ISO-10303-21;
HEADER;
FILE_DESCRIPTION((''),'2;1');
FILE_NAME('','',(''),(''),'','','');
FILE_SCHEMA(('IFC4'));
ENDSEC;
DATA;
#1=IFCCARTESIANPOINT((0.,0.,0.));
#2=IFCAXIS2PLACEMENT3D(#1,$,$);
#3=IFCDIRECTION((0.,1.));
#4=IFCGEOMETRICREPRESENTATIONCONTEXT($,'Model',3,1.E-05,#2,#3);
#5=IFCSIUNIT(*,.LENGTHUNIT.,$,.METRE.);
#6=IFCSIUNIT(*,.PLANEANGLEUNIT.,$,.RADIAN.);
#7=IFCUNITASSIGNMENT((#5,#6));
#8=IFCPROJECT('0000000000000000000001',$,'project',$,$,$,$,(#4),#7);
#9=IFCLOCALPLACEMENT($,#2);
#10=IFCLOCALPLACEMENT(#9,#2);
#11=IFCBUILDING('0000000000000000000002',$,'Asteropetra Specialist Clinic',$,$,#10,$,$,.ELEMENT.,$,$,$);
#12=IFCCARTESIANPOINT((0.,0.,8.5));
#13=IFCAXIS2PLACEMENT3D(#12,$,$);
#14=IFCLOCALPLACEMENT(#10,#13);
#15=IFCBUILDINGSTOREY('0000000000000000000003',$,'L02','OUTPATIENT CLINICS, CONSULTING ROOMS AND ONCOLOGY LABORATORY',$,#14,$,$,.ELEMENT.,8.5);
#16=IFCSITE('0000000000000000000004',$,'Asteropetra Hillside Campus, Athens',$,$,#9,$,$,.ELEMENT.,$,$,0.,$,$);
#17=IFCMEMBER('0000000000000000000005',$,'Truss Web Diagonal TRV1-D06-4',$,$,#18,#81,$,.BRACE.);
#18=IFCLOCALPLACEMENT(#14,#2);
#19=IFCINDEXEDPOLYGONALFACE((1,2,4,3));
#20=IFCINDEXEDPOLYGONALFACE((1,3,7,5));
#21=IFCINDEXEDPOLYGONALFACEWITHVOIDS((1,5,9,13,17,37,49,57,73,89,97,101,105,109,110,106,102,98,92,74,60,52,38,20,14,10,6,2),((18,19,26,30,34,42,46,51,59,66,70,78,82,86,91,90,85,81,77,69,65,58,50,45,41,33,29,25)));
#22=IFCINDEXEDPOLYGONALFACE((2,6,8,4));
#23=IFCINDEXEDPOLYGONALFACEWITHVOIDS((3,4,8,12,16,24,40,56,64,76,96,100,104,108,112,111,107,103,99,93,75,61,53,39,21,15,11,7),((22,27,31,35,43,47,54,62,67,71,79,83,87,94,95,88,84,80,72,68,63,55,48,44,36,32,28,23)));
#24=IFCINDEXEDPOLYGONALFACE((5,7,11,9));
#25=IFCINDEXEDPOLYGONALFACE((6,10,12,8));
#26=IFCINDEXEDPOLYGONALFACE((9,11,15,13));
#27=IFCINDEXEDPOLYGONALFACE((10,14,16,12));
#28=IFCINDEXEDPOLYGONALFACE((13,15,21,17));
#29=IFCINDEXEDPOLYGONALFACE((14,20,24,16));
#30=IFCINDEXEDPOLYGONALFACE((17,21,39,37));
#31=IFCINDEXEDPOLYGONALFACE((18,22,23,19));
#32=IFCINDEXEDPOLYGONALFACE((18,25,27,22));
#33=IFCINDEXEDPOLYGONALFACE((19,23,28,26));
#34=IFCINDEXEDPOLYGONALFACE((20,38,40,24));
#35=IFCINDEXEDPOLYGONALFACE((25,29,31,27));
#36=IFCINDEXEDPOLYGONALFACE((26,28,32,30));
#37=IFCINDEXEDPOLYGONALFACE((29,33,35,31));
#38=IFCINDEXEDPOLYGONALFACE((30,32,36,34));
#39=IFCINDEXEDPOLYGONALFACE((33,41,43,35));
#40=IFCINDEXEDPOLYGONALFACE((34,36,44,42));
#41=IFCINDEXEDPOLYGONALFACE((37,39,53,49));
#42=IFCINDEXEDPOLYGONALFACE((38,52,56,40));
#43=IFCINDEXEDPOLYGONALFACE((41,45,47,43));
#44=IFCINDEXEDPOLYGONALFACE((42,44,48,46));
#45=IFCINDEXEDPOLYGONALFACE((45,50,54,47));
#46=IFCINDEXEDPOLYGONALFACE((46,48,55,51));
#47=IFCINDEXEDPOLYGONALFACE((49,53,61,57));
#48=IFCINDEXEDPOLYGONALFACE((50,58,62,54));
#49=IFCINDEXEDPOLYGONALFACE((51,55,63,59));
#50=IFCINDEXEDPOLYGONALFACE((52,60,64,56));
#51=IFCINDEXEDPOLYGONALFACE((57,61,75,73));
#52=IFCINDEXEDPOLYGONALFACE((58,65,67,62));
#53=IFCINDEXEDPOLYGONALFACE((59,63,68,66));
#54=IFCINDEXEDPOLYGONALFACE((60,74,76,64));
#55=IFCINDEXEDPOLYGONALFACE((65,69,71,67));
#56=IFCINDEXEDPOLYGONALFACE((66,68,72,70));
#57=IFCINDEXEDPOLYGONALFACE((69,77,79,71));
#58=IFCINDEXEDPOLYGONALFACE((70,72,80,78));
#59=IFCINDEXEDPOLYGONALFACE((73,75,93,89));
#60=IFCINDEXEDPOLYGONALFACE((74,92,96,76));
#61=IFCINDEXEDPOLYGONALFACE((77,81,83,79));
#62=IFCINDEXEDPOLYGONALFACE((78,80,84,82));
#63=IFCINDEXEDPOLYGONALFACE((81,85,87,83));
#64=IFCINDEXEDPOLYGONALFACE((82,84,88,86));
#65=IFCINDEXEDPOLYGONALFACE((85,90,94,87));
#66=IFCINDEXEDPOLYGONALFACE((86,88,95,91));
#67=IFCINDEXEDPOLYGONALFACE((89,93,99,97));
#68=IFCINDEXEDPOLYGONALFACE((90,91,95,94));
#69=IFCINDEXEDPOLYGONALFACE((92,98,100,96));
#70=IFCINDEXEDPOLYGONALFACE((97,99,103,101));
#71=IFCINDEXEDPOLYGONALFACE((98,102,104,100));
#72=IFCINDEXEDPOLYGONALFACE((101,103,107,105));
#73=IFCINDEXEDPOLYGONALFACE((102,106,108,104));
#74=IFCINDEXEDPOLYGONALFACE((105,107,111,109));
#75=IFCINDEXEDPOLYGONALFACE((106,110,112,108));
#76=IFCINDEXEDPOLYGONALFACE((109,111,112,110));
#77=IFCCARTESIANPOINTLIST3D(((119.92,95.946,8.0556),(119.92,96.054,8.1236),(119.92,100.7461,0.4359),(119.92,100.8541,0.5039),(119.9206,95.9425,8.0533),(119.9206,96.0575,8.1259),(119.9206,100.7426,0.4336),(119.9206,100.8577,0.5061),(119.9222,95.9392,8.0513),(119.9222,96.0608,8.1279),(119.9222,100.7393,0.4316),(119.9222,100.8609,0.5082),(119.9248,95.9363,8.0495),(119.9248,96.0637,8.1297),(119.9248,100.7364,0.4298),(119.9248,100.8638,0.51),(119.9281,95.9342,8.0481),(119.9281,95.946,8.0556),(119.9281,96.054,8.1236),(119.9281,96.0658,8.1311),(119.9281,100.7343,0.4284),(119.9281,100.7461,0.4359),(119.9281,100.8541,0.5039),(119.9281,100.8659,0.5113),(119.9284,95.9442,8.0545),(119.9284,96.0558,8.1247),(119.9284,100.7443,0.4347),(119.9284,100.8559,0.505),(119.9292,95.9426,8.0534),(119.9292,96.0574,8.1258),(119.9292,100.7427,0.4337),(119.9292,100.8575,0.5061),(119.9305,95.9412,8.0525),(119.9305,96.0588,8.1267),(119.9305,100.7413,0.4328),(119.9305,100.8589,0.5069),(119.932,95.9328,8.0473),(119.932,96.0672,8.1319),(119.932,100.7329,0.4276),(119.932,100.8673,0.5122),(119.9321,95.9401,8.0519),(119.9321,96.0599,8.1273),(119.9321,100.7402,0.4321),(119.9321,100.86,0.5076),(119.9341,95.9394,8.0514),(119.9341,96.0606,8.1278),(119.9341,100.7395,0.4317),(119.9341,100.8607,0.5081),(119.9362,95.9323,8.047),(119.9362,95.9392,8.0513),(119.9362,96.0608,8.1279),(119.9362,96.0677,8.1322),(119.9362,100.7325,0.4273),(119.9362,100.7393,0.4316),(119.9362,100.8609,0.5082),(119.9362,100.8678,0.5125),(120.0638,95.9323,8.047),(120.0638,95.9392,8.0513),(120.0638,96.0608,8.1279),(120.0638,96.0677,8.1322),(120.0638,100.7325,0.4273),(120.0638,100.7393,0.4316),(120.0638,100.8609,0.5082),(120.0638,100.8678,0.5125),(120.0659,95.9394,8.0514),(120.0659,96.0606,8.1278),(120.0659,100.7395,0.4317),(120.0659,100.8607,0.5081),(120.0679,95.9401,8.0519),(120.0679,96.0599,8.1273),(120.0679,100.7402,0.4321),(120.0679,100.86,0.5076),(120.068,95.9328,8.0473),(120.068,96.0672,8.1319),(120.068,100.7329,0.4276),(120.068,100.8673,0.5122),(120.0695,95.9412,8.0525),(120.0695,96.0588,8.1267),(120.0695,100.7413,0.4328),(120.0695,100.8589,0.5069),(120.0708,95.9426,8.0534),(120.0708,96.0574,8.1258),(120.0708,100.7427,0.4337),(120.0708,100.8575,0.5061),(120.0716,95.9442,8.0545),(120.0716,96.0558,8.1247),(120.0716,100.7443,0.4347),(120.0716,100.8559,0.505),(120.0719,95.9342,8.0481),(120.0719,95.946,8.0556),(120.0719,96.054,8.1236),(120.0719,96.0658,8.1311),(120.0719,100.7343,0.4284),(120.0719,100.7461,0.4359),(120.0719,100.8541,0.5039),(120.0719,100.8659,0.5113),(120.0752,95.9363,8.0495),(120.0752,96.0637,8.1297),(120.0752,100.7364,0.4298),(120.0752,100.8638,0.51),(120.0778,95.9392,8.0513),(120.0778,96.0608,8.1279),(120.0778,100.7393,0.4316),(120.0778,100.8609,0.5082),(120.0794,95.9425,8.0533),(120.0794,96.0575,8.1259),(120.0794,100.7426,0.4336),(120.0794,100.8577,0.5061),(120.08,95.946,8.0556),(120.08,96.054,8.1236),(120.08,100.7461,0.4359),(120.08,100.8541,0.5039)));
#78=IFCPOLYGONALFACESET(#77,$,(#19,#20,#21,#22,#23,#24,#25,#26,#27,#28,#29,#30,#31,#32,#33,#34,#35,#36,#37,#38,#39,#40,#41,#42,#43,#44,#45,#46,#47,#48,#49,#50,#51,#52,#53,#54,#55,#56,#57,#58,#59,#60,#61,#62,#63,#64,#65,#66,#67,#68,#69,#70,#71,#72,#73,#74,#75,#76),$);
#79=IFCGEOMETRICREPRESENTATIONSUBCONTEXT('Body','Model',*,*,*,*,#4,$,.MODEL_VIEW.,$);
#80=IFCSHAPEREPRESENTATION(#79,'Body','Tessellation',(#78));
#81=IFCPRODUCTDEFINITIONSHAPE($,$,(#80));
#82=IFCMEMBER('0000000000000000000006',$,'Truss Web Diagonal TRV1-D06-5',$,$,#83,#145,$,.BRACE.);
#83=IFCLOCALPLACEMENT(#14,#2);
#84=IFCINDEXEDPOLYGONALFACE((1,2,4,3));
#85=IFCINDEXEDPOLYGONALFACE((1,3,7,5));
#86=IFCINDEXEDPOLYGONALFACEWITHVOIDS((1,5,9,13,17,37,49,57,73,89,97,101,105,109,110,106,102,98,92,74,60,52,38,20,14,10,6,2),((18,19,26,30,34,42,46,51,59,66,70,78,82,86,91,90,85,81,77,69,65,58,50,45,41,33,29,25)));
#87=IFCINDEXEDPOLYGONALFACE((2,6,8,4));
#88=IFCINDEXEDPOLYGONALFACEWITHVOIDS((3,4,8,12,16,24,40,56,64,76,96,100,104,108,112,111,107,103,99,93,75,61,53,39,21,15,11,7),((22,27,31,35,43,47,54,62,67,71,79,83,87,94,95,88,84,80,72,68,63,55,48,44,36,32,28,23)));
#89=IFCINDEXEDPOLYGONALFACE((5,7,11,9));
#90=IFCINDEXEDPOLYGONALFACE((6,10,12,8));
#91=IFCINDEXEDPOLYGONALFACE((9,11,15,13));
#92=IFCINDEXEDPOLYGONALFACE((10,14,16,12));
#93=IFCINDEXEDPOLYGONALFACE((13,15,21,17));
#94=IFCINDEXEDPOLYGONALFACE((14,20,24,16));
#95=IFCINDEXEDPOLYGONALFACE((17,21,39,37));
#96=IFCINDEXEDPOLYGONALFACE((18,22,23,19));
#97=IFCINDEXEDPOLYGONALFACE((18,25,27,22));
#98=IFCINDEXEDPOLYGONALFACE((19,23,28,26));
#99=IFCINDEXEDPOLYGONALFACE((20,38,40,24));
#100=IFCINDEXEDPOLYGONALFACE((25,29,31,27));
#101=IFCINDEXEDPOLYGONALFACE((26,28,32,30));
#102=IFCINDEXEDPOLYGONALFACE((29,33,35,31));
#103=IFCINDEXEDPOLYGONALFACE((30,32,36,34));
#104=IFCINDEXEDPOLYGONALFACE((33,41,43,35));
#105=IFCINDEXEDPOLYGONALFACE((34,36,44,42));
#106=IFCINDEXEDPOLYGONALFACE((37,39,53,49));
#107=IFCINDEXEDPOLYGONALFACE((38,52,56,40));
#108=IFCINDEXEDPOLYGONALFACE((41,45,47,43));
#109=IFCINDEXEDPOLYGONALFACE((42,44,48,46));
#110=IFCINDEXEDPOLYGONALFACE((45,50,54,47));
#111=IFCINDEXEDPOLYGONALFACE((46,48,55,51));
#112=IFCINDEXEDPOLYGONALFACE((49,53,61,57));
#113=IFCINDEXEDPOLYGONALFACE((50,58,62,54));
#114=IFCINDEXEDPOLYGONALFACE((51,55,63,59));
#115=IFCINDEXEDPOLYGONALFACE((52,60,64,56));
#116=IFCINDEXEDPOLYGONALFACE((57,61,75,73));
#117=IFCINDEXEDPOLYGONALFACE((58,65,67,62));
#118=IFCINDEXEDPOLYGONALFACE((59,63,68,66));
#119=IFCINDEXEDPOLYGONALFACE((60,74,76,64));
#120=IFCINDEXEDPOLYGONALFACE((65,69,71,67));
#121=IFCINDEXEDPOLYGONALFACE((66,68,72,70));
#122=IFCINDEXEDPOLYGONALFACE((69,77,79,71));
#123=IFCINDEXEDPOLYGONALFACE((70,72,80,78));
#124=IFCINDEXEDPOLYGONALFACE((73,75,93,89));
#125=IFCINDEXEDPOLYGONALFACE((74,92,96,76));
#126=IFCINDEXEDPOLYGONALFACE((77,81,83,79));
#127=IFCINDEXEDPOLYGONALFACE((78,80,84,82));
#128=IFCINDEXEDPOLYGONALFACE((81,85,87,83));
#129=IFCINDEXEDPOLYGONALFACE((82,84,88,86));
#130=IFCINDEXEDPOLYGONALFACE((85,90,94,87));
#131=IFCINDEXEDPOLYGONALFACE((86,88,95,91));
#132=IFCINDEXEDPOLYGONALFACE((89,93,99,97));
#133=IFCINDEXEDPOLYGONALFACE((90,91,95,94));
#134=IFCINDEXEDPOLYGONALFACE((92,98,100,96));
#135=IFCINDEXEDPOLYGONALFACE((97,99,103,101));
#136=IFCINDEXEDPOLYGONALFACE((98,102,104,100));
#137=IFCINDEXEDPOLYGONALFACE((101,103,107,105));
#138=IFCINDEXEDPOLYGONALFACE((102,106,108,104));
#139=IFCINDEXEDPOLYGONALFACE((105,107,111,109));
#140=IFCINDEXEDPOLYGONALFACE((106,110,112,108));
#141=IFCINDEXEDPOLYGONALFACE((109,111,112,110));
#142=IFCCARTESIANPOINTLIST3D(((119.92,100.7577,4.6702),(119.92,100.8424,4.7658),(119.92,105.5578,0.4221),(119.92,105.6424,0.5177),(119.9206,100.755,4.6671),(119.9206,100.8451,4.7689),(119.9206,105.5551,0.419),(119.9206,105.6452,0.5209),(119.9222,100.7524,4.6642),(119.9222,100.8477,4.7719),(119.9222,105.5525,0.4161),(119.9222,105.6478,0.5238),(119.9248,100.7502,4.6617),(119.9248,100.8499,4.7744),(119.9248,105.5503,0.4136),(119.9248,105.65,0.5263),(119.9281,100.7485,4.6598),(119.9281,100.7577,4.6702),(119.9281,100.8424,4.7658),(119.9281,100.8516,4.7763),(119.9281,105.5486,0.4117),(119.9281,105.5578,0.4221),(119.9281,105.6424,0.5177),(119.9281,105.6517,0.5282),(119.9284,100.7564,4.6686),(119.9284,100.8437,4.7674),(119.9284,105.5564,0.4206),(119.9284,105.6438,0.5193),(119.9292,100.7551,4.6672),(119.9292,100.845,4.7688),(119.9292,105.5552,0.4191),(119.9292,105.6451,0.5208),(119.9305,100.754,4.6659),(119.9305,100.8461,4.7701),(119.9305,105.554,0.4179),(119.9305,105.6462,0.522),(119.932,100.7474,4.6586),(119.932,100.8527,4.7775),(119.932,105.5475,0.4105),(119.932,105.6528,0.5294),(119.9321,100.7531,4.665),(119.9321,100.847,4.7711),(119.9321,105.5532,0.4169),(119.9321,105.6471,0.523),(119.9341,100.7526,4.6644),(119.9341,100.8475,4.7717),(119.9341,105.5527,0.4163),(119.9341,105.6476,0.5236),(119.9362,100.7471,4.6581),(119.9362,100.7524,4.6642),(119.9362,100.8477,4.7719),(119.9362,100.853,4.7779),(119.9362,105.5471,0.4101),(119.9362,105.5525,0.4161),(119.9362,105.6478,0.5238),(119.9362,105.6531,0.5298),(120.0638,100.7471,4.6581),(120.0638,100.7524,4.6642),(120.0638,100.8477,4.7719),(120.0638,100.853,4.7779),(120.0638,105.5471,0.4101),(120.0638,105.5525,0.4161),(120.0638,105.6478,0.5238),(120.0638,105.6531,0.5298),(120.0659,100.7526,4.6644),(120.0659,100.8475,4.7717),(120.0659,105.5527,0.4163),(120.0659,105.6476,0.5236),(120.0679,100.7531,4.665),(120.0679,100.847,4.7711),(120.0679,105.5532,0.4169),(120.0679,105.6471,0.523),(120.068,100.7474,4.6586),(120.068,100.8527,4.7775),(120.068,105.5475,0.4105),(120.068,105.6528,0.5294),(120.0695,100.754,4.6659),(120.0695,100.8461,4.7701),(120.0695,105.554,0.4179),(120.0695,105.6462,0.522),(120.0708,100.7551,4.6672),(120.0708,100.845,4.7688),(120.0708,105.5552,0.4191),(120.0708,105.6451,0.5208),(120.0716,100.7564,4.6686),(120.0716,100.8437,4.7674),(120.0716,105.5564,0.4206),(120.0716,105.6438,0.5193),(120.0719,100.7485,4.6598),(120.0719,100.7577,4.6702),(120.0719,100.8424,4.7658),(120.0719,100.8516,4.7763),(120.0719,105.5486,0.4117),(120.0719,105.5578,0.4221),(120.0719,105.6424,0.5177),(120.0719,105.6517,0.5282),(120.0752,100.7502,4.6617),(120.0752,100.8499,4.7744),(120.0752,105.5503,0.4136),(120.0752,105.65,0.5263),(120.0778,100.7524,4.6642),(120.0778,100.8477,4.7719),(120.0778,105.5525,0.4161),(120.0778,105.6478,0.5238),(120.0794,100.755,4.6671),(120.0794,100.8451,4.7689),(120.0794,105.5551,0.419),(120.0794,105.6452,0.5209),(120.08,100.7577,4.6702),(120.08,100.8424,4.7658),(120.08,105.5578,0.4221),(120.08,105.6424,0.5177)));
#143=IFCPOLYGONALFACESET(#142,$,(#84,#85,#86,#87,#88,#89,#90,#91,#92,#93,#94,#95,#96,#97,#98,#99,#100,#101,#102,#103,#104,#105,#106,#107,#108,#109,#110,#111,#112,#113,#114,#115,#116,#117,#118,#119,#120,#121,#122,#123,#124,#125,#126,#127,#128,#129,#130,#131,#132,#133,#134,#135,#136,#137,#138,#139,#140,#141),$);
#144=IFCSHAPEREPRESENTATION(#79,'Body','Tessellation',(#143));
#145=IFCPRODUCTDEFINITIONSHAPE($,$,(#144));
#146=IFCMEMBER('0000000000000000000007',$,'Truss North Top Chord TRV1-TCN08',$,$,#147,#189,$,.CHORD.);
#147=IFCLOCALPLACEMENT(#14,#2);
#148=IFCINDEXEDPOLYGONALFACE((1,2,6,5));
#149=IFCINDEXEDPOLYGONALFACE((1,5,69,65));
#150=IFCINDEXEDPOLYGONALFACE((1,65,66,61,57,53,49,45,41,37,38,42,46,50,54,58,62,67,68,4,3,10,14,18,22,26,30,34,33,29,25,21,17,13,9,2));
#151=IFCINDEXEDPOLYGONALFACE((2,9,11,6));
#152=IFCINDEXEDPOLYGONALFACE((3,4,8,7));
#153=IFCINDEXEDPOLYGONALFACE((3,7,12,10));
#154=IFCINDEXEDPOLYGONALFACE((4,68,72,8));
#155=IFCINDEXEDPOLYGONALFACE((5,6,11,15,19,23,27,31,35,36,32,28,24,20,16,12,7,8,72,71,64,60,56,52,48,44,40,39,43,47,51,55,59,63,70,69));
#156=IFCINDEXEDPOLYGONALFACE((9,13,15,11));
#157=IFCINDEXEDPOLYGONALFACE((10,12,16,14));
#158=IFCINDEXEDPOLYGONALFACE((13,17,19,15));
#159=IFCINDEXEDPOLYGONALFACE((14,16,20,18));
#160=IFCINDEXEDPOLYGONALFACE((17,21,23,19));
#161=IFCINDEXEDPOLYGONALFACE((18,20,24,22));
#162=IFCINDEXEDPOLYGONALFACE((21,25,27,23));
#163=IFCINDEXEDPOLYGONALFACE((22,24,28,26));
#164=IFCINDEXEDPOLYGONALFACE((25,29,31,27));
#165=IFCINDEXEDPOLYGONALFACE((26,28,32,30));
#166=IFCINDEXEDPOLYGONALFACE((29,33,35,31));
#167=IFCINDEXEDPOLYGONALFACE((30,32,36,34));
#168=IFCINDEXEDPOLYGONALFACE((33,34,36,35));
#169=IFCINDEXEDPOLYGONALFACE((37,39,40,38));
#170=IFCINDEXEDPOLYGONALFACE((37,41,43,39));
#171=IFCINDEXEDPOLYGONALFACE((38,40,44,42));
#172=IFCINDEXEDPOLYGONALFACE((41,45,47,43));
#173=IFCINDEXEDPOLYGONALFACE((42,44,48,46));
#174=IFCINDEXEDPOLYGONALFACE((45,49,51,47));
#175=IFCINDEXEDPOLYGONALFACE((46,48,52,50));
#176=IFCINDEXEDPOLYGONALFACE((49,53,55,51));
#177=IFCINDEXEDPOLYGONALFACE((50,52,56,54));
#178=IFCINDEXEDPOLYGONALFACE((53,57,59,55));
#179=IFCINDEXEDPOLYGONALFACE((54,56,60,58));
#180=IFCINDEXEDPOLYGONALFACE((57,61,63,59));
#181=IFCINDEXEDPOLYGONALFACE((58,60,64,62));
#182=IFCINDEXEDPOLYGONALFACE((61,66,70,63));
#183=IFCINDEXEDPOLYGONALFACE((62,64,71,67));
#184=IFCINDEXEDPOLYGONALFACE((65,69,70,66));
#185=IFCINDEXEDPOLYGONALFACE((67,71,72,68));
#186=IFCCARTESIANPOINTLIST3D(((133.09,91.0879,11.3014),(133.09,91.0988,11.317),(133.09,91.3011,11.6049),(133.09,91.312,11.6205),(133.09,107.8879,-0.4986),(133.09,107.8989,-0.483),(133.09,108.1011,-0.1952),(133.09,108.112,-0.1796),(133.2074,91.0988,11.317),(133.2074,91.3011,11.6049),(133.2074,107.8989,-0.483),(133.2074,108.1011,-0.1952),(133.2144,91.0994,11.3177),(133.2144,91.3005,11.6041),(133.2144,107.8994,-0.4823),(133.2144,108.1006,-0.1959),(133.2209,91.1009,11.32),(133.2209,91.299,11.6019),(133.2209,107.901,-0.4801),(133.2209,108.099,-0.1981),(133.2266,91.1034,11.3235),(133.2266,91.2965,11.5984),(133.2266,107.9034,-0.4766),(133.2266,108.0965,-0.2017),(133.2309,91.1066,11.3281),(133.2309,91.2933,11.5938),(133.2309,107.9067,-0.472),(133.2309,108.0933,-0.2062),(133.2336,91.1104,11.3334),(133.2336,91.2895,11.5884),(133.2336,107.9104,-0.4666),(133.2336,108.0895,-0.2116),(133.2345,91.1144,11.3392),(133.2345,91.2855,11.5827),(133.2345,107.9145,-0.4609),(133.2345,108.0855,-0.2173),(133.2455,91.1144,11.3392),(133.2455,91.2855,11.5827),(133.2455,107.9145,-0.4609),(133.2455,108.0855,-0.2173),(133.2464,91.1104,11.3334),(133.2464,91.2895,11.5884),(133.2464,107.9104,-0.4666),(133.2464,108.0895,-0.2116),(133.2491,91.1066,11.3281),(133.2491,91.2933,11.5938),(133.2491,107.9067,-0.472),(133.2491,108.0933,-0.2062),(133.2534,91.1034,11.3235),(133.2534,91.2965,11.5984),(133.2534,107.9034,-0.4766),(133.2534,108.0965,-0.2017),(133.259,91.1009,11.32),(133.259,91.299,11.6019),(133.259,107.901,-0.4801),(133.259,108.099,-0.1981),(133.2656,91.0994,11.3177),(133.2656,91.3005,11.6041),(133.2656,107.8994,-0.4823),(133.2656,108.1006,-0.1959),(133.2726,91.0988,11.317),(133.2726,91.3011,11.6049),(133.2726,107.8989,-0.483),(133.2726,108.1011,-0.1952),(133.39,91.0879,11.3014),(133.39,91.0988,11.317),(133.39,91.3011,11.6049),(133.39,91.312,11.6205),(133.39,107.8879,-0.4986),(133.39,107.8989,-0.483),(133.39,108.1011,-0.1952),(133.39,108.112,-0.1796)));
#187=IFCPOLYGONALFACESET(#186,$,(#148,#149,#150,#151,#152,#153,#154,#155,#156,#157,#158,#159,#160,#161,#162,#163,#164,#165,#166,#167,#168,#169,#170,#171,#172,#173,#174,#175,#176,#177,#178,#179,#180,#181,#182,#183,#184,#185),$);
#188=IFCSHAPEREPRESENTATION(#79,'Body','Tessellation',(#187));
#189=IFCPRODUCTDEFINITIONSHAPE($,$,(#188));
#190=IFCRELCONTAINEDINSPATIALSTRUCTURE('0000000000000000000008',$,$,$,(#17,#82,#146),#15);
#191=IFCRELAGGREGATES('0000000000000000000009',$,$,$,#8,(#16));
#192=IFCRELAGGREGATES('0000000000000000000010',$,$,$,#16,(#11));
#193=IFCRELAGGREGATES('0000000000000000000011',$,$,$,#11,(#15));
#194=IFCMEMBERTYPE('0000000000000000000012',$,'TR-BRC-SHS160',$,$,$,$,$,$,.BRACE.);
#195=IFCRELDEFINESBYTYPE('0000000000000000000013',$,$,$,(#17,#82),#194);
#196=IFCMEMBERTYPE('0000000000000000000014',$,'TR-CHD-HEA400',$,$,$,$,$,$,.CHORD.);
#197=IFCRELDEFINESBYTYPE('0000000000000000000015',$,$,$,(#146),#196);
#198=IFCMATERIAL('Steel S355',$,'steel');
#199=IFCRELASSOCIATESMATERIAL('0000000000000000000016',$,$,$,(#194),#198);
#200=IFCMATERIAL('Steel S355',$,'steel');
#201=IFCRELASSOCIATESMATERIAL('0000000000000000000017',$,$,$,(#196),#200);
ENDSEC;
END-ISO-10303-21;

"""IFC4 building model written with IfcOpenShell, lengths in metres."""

from ifc_helpers import new_model, si_unit, direction, frame, origin, origin_2d, place, context, subcontext, project, spatial, hollow_rectangle, i_section, extrude, material, material_profile, profile_set, type_object, element, save


model = new_model("IFC4")

# Units and contexts
model_context = context("Model", 3, precision=1e-05, world=origin(), true_north=direction((0.0, 1.0)))
body_context = subcontext(model_context, "Body", "Model", "MODEL_VIEW")
ifc_project = project(units=[si_unit("LENGTHUNIT", "METRE"), si_unit("PLANEANGLEUNIT", "RADIAN")], contexts=[model_context])

# Site, building, storey
site_placement = place(None, origin())
site = spatial("IfcSite", under=ifc_project, at=site_placement, Name="Asteropetra Hillside Campus, Athens", CompositionType="ELEMENT", RefElevation=0.0)
building_placement = place(site_placement, origin())
building = spatial("IfcBuilding", under=site, at=building_placement, Name="Asteropetra Specialist Clinic", CompositionType="ELEMENT")
storey_placement = place(building_placement, frame((0.0, 0.0, 8.5)))
storey = spatial("IfcBuildingStorey", under=building, at=storey_placement, Name="L02", Description="OUTPATIENT CLINICS, CONSULTING ROOMS AND ONCOLOGY LABORATORY", CompositionType="ELEMENT", Elevation=8.5)

# Members
ifc_material_1 = material(Name="Steel S355", Category="steel")
ifc_material_profile_1 = material_profile(ifc_material_1, hollow_rectangle(XDim=0.1599, YDim=0.1599, WallThickness=0.0081, InnerFilletRadius=0.0081, OuterFilletRadius=0.0161, at=origin_2d()), Name="SHS 160x160x8.0")
ifc_profile_set_1 = profile_set([ifc_material_profile_1], Name="Steel S355")
member_type_1 = type_object("IfcMemberType", Name="TR-BRC-SHS160", PredefinedType="BRACE", material=ifc_profile_set_1)
member_1_placement = place(storey_placement, frame((120.0, 96.0, 8.0896), z_axis=(0.0, 0.533012, -0.846107), x_axis=(-1.0, 0.0, 0.0)))
element("IfcMember", 1, at=member_1_placement, inside=storey, type_object=member_type_1, Name="Truss Web Diagonal TRV1-D06-4", PredefinedType="BRACE", context=body_context, shape_type="SweptSolid", body=[
    extrude(hollow_rectangle(XDim=0.1599, YDim=0.1599, WallThickness=0.0081, InnerFilletRadius=0.0081, OuterFilletRadius=0.0161, at=origin_2d()), origin(), (0.0, 0.0, 1.0), 9.0056),
])
member_2_placement = place(storey_placement, frame((120.0, 100.8, 4.718), z_axis=(0.0, 0.748853, -0.662736), x_axis=(-1.0, 0.0, 0.0)))
element("IfcMember", 2, at=member_2_placement, inside=storey, type_object=member_type_1, Name="Truss Web Diagonal TRV1-D06-5", PredefinedType="BRACE", context=body_context, shape_type="SweptSolid", body=[
    extrude(hollow_rectangle(XDim=0.1599, YDim=0.1599, WallThickness=0.0081, InnerFilletRadius=0.0081, OuterFilletRadius=0.0161, at=origin_2d()), origin(), (0.0, 0.0, 1.0), 6.4099),
])
ifc_material_2 = material(Name="Steel S355", Category="steel")
ifc_material_profile_2 = material_profile(ifc_material_2, i_section(OverallWidth=0.3, OverallDepth=0.3899, WebThickness=0.011, FlangeThickness=0.019, FilletRadius=0.0271, at=origin_2d()), Name="HEA 400")
ifc_profile_set_2 = profile_set([ifc_material_profile_2], Name="Steel S355")
member_type_2 = type_object("IfcMemberType", Name="TR-CHD-HEA400", PredefinedType="CHORD", material=ifc_profile_set_2)
member_3_placement = place(storey_placement, frame((133.24, 91.2, 11.4609), z_axis=(0.0, 0.818315, -0.57477), x_axis=(-1.0, 0.0, 0.0)))
element("IfcMember", 3, at=member_3_placement, inside=storey, type_object=member_type_2, Name="Truss North Top Chord TRV1-TCN08", PredefinedType="CHORD", context=body_context, shape_type="SweptSolid", body=[
    extrude(i_section(OverallWidth=0.3, OverallDepth=0.3899, WebThickness=0.011, FlangeThickness=0.019, FilletRadius=0.0271, at=origin_2d()), origin(), (0.0, 0.0, 1.0), 20.53),
])

save(model, "model.ifc")
